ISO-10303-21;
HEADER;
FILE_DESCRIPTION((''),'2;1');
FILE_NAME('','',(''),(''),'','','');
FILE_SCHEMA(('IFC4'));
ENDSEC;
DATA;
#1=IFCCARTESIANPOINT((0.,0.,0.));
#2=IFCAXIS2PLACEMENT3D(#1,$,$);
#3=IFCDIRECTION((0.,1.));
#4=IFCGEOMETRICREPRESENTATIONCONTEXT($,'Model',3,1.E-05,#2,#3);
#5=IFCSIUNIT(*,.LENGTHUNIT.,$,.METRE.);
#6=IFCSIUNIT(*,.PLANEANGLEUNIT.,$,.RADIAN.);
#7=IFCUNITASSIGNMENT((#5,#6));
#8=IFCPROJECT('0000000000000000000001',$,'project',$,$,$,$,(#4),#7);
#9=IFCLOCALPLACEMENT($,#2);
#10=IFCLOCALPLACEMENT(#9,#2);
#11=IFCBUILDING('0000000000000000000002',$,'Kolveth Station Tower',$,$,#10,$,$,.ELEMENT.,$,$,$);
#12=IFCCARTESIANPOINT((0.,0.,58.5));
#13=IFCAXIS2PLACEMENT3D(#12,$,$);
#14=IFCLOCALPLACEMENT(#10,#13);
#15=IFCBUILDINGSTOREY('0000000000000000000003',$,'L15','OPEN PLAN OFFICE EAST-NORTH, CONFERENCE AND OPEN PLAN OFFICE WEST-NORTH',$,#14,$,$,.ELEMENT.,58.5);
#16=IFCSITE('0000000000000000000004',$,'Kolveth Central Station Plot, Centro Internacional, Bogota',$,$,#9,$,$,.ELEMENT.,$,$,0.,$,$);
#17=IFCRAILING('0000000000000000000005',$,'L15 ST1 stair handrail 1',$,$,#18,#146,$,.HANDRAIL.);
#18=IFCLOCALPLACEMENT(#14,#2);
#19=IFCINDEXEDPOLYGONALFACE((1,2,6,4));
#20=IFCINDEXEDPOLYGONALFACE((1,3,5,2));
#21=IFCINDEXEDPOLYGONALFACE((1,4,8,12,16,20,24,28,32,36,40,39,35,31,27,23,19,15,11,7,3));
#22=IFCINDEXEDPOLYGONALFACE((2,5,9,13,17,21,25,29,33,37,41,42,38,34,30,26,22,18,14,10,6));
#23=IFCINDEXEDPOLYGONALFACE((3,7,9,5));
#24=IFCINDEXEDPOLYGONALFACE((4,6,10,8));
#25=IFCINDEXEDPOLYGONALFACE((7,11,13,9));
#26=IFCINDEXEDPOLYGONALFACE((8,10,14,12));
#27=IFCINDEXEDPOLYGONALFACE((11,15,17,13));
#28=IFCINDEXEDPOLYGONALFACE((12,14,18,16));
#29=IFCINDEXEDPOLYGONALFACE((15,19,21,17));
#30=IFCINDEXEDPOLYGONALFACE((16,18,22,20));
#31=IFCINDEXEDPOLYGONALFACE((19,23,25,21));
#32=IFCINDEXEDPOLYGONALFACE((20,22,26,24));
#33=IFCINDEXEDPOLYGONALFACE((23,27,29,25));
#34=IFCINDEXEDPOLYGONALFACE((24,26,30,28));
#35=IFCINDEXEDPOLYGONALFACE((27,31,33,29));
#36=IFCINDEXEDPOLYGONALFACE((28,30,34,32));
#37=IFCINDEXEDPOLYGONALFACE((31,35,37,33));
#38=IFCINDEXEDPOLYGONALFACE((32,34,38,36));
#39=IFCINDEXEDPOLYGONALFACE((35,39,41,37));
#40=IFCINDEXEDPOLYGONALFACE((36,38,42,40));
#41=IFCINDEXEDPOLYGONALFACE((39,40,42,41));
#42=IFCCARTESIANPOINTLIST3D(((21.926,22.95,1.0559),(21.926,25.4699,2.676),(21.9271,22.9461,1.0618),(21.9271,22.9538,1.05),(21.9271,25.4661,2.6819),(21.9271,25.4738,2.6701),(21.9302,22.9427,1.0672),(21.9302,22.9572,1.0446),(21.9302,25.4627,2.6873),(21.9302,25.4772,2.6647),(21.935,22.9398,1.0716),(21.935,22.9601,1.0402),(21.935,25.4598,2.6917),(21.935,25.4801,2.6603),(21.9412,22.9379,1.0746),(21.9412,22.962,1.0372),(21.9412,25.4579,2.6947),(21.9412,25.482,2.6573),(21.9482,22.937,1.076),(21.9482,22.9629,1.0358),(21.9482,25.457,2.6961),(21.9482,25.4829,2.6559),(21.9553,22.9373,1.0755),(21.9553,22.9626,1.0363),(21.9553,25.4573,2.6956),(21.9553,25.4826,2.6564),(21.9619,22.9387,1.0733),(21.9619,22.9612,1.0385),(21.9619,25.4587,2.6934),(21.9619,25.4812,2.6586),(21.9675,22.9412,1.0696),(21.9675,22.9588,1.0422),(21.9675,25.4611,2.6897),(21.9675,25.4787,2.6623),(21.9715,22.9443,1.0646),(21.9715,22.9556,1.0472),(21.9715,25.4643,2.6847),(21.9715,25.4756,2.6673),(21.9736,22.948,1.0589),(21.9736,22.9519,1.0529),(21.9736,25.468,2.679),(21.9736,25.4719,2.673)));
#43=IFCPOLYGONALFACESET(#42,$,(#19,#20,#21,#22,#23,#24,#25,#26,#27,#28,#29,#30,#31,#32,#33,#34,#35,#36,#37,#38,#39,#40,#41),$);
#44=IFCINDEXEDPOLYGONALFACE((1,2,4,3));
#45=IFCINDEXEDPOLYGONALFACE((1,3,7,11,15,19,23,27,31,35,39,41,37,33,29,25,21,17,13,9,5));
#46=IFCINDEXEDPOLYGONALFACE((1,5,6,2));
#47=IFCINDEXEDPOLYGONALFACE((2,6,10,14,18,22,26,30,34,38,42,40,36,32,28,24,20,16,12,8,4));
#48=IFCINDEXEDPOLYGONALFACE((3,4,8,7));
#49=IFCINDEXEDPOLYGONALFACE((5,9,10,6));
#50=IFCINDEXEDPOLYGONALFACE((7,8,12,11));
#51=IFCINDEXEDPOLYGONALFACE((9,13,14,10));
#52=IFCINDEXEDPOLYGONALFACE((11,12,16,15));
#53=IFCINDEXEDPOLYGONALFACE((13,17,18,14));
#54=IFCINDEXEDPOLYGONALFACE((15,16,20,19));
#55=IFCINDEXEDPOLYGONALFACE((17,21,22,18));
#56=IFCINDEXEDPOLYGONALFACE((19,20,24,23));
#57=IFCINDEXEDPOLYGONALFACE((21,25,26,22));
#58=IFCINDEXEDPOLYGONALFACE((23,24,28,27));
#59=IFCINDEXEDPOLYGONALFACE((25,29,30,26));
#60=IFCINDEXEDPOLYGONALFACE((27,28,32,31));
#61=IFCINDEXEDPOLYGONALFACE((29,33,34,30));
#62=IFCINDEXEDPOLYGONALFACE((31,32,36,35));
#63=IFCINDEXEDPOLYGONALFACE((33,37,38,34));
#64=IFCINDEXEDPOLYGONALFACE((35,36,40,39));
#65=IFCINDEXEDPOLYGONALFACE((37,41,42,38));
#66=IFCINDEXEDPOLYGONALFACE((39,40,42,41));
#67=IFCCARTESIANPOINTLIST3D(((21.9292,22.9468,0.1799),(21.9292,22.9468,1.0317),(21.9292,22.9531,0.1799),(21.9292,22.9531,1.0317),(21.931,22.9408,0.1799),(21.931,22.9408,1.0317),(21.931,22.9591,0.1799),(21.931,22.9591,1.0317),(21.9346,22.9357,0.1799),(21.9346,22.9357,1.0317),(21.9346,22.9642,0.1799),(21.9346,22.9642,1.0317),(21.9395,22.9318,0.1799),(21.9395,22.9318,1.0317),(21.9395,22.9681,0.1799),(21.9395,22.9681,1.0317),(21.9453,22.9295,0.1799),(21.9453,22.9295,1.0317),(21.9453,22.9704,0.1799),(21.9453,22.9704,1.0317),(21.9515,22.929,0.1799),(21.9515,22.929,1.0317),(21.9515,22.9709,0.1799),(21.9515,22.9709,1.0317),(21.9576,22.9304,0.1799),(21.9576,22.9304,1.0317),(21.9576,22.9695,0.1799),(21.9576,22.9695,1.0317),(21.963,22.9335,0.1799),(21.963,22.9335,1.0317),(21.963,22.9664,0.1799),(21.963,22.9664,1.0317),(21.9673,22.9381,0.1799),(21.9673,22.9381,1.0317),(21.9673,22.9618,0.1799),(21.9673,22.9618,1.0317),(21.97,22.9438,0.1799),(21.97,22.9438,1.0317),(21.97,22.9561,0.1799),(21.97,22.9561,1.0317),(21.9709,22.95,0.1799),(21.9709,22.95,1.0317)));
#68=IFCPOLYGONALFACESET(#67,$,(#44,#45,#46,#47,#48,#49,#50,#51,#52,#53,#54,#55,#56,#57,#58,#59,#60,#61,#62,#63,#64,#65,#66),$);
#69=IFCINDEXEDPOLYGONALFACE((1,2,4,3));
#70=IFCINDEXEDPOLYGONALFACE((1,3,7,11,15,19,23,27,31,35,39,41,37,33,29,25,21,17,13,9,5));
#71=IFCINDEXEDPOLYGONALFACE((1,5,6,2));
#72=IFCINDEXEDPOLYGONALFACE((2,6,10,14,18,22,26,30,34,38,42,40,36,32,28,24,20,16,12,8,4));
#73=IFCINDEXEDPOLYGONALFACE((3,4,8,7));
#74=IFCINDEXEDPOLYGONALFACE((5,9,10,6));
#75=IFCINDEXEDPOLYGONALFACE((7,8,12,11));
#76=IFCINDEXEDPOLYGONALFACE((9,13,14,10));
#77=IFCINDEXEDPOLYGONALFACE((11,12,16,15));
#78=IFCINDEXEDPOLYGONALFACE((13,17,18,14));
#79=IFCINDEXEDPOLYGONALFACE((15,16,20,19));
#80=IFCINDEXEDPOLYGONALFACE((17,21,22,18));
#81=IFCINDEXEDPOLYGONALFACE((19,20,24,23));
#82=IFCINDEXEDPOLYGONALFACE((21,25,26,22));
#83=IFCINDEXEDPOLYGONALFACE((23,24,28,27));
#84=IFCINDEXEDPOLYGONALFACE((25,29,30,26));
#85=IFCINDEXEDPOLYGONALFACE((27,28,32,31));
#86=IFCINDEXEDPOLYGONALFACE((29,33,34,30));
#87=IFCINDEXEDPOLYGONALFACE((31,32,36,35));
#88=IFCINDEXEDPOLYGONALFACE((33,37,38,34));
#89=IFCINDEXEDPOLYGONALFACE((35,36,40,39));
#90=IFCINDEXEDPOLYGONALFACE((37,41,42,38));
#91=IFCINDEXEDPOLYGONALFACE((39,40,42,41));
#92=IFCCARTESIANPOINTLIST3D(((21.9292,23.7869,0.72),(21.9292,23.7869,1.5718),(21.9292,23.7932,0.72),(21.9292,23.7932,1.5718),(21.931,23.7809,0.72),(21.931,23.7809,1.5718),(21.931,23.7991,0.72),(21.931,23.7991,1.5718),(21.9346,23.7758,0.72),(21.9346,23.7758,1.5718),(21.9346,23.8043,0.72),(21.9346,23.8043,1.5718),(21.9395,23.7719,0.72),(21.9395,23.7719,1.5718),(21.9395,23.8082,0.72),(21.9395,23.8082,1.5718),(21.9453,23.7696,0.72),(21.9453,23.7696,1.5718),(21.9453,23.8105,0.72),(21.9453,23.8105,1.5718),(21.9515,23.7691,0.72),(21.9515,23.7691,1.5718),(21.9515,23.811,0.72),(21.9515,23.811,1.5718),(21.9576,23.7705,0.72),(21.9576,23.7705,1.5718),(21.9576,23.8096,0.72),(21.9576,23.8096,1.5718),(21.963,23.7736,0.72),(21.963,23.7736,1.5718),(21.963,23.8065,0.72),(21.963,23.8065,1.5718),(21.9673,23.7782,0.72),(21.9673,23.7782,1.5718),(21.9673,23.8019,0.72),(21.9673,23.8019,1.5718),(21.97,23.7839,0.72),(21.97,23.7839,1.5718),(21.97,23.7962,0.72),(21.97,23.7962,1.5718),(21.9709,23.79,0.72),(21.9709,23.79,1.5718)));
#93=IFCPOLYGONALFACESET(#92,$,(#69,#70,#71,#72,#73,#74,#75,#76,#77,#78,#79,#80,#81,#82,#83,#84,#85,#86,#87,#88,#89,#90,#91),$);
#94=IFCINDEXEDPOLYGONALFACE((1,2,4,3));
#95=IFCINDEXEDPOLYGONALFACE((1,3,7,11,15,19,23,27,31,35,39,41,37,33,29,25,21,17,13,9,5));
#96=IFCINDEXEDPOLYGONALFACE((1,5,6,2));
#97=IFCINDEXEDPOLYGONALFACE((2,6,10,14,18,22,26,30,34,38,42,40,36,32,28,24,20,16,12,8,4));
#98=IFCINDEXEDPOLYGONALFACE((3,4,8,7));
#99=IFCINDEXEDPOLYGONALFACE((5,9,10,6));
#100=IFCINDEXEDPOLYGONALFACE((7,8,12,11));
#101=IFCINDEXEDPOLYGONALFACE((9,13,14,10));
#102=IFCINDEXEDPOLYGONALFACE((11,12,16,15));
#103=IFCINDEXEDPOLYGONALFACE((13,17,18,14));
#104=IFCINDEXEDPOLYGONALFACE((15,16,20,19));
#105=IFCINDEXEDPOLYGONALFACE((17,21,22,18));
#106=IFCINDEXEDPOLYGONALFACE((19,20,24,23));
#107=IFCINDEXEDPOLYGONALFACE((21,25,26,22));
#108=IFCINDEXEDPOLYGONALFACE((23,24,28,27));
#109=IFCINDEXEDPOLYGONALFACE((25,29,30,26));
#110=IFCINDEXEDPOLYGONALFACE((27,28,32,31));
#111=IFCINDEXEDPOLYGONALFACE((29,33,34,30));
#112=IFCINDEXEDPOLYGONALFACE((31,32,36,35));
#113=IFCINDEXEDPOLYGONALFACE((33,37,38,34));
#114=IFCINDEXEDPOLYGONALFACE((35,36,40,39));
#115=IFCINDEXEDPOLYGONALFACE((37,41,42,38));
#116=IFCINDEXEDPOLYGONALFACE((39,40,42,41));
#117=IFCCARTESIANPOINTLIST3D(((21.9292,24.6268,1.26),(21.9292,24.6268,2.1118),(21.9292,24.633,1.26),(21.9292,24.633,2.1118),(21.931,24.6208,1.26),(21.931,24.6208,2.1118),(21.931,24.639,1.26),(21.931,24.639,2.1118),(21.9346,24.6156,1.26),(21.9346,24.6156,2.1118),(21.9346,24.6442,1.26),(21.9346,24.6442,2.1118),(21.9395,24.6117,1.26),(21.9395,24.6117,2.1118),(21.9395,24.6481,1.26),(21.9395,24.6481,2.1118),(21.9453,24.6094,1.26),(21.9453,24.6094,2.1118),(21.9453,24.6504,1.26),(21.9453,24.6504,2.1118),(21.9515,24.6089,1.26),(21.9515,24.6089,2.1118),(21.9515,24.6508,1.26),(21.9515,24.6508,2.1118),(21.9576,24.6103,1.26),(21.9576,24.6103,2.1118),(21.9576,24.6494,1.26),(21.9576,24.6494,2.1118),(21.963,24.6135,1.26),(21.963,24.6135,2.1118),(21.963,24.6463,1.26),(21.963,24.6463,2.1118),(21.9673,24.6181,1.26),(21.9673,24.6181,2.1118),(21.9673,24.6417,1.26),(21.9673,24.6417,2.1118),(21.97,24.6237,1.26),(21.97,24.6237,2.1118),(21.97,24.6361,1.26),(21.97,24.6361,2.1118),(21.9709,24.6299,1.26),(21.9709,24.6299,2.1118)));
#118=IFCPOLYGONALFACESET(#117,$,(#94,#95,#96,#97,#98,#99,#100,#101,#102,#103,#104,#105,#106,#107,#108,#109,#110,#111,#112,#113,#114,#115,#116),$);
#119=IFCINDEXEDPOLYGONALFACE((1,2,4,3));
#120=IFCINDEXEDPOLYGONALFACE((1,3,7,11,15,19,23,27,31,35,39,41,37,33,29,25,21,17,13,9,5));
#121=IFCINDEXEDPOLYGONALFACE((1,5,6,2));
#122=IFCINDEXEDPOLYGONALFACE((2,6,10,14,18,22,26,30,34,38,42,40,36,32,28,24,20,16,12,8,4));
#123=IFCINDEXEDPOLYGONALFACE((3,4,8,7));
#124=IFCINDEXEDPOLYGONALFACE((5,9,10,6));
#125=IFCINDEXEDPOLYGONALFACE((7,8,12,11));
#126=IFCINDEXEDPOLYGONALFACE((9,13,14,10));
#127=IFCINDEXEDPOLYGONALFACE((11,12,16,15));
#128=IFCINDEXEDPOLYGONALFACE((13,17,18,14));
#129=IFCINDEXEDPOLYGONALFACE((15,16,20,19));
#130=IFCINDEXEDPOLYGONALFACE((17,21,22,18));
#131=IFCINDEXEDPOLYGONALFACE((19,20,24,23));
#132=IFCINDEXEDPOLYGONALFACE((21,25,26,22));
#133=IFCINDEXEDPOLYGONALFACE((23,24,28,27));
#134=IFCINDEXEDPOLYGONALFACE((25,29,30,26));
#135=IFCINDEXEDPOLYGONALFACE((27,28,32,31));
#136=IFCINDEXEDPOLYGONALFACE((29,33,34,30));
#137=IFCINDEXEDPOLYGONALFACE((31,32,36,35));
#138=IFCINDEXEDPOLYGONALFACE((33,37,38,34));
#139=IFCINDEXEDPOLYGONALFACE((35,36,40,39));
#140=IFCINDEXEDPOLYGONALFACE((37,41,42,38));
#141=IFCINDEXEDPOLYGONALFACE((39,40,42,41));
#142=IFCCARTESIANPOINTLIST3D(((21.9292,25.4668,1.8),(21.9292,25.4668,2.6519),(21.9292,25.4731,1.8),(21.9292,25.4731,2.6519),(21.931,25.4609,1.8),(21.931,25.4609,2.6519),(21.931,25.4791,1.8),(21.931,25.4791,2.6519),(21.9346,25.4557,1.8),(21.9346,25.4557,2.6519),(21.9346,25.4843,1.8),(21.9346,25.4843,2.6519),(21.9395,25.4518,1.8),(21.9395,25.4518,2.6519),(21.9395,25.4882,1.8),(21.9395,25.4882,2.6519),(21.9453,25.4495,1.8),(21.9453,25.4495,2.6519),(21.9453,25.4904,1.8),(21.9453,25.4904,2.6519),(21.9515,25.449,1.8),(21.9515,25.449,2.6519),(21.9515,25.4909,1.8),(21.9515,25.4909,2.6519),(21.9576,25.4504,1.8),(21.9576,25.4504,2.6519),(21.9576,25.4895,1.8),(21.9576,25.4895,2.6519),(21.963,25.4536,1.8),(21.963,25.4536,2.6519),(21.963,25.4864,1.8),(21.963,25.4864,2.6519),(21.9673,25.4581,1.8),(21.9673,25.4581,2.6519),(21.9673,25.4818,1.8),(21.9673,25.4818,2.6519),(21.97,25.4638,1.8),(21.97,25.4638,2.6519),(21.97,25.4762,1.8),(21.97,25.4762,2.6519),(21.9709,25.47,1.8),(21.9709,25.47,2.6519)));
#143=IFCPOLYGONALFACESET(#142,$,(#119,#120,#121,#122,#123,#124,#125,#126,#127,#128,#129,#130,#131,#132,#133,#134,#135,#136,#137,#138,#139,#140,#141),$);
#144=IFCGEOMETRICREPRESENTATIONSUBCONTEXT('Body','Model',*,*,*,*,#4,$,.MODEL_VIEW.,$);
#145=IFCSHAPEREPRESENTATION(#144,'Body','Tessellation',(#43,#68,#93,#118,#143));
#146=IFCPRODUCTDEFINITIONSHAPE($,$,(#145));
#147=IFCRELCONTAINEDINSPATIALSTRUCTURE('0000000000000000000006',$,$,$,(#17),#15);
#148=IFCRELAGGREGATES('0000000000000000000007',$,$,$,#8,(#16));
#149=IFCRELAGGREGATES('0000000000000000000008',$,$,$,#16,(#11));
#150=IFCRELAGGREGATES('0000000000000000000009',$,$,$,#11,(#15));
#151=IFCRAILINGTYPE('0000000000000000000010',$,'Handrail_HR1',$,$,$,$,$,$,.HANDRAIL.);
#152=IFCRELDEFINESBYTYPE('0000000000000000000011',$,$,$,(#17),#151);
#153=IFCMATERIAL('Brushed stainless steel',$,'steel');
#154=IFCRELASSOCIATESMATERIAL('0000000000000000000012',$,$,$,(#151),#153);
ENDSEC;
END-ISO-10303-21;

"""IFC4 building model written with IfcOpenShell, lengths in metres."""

from ifc_helpers import new_model, si_unit, direction, frame, origin, origin_2d, place, context, subcontext, project, spatial, circle, extrude, material, type_object, element, save


model = new_model("IFC4")

# Units and contexts
model_context = context("Model", 3, precision=1e-05, world=origin(), true_north=direction((0.0, 1.0)))
body_context = subcontext(model_context, "Body", "Model", "MODEL_VIEW")
ifc_project = project(units=[si_unit("LENGTHUNIT", "METRE"), si_unit("PLANEANGLEUNIT", "RADIAN")], contexts=[model_context])

# Site, building, storey
site_placement = place(None, origin())
site = spatial("IfcSite", under=ifc_project, at=site_placement, Name="Kolveth Central Station Plot, Centro Internacional, Bogota", CompositionType="ELEMENT", RefElevation=0.0)
building_placement = place(site_placement, origin())
building = spatial("IfcBuilding", under=site, at=building_placement, Name="Kolveth Station Tower", CompositionType="ELEMENT")
storey_placement = place(building_placement, frame((0.0, 0.0, 58.5)))
storey = spatial("IfcBuildingStorey", under=building, at=storey_placement, Name="L15", Description="OPEN PLAN OFFICE EAST-NORTH, CONFERENCE AND OPEN PLAN OFFICE WEST-NORTH", CompositionType="ELEMENT", Elevation=58.5)

# Railing
ifc_material_1 = material(Name="Brushed stainless steel", Category="steel")
railing_type_1 = type_object("IfcRailingType", Name="Handrail_HR1", PredefinedType="HANDRAIL", material=ifc_material_1)
railing_1_placement = place(storey_placement, frame((21.95, 22.95, 0.1799)))
element("IfcRailing", 1, at=railing_1_placement, inside=storey, type_object=railing_type_1, Name="L15 ST1 stair handrail 1", PredefinedType="HANDRAIL", context=body_context, shape_type="SweptSolid", body=[
    extrude(circle(Radius=0.0239, at=origin_2d()), frame((0.0, 0.0, 0.876), z_axis=(0.0, 0.841163, 0.540782), x_axis=(-1.0, 0.0, 0.0)), (0.0, 0.0, 1.0), 2.9958),
    extrude(circle(Radius=0.021, at=origin_2d()), origin(), (0.0, 0.0, 1.0), 0.8518),
    extrude(circle(Radius=0.021, at=origin_2d()), frame((0.0, 0.8401, 0.54)), (0.0, 0.0, 1.0), 0.8518),
    extrude(circle(Radius=0.021, at=origin_2d()), frame((0.0, 1.6799, 1.0801)), (0.0, 0.0, 1.0), 0.8518),
    extrude(circle(Radius=0.021, at=origin_2d()), frame((0.0, 2.52, 1.6201)), (0.0, 0.0, 1.0), 0.8518),
])

save(model, "model.ifc")
